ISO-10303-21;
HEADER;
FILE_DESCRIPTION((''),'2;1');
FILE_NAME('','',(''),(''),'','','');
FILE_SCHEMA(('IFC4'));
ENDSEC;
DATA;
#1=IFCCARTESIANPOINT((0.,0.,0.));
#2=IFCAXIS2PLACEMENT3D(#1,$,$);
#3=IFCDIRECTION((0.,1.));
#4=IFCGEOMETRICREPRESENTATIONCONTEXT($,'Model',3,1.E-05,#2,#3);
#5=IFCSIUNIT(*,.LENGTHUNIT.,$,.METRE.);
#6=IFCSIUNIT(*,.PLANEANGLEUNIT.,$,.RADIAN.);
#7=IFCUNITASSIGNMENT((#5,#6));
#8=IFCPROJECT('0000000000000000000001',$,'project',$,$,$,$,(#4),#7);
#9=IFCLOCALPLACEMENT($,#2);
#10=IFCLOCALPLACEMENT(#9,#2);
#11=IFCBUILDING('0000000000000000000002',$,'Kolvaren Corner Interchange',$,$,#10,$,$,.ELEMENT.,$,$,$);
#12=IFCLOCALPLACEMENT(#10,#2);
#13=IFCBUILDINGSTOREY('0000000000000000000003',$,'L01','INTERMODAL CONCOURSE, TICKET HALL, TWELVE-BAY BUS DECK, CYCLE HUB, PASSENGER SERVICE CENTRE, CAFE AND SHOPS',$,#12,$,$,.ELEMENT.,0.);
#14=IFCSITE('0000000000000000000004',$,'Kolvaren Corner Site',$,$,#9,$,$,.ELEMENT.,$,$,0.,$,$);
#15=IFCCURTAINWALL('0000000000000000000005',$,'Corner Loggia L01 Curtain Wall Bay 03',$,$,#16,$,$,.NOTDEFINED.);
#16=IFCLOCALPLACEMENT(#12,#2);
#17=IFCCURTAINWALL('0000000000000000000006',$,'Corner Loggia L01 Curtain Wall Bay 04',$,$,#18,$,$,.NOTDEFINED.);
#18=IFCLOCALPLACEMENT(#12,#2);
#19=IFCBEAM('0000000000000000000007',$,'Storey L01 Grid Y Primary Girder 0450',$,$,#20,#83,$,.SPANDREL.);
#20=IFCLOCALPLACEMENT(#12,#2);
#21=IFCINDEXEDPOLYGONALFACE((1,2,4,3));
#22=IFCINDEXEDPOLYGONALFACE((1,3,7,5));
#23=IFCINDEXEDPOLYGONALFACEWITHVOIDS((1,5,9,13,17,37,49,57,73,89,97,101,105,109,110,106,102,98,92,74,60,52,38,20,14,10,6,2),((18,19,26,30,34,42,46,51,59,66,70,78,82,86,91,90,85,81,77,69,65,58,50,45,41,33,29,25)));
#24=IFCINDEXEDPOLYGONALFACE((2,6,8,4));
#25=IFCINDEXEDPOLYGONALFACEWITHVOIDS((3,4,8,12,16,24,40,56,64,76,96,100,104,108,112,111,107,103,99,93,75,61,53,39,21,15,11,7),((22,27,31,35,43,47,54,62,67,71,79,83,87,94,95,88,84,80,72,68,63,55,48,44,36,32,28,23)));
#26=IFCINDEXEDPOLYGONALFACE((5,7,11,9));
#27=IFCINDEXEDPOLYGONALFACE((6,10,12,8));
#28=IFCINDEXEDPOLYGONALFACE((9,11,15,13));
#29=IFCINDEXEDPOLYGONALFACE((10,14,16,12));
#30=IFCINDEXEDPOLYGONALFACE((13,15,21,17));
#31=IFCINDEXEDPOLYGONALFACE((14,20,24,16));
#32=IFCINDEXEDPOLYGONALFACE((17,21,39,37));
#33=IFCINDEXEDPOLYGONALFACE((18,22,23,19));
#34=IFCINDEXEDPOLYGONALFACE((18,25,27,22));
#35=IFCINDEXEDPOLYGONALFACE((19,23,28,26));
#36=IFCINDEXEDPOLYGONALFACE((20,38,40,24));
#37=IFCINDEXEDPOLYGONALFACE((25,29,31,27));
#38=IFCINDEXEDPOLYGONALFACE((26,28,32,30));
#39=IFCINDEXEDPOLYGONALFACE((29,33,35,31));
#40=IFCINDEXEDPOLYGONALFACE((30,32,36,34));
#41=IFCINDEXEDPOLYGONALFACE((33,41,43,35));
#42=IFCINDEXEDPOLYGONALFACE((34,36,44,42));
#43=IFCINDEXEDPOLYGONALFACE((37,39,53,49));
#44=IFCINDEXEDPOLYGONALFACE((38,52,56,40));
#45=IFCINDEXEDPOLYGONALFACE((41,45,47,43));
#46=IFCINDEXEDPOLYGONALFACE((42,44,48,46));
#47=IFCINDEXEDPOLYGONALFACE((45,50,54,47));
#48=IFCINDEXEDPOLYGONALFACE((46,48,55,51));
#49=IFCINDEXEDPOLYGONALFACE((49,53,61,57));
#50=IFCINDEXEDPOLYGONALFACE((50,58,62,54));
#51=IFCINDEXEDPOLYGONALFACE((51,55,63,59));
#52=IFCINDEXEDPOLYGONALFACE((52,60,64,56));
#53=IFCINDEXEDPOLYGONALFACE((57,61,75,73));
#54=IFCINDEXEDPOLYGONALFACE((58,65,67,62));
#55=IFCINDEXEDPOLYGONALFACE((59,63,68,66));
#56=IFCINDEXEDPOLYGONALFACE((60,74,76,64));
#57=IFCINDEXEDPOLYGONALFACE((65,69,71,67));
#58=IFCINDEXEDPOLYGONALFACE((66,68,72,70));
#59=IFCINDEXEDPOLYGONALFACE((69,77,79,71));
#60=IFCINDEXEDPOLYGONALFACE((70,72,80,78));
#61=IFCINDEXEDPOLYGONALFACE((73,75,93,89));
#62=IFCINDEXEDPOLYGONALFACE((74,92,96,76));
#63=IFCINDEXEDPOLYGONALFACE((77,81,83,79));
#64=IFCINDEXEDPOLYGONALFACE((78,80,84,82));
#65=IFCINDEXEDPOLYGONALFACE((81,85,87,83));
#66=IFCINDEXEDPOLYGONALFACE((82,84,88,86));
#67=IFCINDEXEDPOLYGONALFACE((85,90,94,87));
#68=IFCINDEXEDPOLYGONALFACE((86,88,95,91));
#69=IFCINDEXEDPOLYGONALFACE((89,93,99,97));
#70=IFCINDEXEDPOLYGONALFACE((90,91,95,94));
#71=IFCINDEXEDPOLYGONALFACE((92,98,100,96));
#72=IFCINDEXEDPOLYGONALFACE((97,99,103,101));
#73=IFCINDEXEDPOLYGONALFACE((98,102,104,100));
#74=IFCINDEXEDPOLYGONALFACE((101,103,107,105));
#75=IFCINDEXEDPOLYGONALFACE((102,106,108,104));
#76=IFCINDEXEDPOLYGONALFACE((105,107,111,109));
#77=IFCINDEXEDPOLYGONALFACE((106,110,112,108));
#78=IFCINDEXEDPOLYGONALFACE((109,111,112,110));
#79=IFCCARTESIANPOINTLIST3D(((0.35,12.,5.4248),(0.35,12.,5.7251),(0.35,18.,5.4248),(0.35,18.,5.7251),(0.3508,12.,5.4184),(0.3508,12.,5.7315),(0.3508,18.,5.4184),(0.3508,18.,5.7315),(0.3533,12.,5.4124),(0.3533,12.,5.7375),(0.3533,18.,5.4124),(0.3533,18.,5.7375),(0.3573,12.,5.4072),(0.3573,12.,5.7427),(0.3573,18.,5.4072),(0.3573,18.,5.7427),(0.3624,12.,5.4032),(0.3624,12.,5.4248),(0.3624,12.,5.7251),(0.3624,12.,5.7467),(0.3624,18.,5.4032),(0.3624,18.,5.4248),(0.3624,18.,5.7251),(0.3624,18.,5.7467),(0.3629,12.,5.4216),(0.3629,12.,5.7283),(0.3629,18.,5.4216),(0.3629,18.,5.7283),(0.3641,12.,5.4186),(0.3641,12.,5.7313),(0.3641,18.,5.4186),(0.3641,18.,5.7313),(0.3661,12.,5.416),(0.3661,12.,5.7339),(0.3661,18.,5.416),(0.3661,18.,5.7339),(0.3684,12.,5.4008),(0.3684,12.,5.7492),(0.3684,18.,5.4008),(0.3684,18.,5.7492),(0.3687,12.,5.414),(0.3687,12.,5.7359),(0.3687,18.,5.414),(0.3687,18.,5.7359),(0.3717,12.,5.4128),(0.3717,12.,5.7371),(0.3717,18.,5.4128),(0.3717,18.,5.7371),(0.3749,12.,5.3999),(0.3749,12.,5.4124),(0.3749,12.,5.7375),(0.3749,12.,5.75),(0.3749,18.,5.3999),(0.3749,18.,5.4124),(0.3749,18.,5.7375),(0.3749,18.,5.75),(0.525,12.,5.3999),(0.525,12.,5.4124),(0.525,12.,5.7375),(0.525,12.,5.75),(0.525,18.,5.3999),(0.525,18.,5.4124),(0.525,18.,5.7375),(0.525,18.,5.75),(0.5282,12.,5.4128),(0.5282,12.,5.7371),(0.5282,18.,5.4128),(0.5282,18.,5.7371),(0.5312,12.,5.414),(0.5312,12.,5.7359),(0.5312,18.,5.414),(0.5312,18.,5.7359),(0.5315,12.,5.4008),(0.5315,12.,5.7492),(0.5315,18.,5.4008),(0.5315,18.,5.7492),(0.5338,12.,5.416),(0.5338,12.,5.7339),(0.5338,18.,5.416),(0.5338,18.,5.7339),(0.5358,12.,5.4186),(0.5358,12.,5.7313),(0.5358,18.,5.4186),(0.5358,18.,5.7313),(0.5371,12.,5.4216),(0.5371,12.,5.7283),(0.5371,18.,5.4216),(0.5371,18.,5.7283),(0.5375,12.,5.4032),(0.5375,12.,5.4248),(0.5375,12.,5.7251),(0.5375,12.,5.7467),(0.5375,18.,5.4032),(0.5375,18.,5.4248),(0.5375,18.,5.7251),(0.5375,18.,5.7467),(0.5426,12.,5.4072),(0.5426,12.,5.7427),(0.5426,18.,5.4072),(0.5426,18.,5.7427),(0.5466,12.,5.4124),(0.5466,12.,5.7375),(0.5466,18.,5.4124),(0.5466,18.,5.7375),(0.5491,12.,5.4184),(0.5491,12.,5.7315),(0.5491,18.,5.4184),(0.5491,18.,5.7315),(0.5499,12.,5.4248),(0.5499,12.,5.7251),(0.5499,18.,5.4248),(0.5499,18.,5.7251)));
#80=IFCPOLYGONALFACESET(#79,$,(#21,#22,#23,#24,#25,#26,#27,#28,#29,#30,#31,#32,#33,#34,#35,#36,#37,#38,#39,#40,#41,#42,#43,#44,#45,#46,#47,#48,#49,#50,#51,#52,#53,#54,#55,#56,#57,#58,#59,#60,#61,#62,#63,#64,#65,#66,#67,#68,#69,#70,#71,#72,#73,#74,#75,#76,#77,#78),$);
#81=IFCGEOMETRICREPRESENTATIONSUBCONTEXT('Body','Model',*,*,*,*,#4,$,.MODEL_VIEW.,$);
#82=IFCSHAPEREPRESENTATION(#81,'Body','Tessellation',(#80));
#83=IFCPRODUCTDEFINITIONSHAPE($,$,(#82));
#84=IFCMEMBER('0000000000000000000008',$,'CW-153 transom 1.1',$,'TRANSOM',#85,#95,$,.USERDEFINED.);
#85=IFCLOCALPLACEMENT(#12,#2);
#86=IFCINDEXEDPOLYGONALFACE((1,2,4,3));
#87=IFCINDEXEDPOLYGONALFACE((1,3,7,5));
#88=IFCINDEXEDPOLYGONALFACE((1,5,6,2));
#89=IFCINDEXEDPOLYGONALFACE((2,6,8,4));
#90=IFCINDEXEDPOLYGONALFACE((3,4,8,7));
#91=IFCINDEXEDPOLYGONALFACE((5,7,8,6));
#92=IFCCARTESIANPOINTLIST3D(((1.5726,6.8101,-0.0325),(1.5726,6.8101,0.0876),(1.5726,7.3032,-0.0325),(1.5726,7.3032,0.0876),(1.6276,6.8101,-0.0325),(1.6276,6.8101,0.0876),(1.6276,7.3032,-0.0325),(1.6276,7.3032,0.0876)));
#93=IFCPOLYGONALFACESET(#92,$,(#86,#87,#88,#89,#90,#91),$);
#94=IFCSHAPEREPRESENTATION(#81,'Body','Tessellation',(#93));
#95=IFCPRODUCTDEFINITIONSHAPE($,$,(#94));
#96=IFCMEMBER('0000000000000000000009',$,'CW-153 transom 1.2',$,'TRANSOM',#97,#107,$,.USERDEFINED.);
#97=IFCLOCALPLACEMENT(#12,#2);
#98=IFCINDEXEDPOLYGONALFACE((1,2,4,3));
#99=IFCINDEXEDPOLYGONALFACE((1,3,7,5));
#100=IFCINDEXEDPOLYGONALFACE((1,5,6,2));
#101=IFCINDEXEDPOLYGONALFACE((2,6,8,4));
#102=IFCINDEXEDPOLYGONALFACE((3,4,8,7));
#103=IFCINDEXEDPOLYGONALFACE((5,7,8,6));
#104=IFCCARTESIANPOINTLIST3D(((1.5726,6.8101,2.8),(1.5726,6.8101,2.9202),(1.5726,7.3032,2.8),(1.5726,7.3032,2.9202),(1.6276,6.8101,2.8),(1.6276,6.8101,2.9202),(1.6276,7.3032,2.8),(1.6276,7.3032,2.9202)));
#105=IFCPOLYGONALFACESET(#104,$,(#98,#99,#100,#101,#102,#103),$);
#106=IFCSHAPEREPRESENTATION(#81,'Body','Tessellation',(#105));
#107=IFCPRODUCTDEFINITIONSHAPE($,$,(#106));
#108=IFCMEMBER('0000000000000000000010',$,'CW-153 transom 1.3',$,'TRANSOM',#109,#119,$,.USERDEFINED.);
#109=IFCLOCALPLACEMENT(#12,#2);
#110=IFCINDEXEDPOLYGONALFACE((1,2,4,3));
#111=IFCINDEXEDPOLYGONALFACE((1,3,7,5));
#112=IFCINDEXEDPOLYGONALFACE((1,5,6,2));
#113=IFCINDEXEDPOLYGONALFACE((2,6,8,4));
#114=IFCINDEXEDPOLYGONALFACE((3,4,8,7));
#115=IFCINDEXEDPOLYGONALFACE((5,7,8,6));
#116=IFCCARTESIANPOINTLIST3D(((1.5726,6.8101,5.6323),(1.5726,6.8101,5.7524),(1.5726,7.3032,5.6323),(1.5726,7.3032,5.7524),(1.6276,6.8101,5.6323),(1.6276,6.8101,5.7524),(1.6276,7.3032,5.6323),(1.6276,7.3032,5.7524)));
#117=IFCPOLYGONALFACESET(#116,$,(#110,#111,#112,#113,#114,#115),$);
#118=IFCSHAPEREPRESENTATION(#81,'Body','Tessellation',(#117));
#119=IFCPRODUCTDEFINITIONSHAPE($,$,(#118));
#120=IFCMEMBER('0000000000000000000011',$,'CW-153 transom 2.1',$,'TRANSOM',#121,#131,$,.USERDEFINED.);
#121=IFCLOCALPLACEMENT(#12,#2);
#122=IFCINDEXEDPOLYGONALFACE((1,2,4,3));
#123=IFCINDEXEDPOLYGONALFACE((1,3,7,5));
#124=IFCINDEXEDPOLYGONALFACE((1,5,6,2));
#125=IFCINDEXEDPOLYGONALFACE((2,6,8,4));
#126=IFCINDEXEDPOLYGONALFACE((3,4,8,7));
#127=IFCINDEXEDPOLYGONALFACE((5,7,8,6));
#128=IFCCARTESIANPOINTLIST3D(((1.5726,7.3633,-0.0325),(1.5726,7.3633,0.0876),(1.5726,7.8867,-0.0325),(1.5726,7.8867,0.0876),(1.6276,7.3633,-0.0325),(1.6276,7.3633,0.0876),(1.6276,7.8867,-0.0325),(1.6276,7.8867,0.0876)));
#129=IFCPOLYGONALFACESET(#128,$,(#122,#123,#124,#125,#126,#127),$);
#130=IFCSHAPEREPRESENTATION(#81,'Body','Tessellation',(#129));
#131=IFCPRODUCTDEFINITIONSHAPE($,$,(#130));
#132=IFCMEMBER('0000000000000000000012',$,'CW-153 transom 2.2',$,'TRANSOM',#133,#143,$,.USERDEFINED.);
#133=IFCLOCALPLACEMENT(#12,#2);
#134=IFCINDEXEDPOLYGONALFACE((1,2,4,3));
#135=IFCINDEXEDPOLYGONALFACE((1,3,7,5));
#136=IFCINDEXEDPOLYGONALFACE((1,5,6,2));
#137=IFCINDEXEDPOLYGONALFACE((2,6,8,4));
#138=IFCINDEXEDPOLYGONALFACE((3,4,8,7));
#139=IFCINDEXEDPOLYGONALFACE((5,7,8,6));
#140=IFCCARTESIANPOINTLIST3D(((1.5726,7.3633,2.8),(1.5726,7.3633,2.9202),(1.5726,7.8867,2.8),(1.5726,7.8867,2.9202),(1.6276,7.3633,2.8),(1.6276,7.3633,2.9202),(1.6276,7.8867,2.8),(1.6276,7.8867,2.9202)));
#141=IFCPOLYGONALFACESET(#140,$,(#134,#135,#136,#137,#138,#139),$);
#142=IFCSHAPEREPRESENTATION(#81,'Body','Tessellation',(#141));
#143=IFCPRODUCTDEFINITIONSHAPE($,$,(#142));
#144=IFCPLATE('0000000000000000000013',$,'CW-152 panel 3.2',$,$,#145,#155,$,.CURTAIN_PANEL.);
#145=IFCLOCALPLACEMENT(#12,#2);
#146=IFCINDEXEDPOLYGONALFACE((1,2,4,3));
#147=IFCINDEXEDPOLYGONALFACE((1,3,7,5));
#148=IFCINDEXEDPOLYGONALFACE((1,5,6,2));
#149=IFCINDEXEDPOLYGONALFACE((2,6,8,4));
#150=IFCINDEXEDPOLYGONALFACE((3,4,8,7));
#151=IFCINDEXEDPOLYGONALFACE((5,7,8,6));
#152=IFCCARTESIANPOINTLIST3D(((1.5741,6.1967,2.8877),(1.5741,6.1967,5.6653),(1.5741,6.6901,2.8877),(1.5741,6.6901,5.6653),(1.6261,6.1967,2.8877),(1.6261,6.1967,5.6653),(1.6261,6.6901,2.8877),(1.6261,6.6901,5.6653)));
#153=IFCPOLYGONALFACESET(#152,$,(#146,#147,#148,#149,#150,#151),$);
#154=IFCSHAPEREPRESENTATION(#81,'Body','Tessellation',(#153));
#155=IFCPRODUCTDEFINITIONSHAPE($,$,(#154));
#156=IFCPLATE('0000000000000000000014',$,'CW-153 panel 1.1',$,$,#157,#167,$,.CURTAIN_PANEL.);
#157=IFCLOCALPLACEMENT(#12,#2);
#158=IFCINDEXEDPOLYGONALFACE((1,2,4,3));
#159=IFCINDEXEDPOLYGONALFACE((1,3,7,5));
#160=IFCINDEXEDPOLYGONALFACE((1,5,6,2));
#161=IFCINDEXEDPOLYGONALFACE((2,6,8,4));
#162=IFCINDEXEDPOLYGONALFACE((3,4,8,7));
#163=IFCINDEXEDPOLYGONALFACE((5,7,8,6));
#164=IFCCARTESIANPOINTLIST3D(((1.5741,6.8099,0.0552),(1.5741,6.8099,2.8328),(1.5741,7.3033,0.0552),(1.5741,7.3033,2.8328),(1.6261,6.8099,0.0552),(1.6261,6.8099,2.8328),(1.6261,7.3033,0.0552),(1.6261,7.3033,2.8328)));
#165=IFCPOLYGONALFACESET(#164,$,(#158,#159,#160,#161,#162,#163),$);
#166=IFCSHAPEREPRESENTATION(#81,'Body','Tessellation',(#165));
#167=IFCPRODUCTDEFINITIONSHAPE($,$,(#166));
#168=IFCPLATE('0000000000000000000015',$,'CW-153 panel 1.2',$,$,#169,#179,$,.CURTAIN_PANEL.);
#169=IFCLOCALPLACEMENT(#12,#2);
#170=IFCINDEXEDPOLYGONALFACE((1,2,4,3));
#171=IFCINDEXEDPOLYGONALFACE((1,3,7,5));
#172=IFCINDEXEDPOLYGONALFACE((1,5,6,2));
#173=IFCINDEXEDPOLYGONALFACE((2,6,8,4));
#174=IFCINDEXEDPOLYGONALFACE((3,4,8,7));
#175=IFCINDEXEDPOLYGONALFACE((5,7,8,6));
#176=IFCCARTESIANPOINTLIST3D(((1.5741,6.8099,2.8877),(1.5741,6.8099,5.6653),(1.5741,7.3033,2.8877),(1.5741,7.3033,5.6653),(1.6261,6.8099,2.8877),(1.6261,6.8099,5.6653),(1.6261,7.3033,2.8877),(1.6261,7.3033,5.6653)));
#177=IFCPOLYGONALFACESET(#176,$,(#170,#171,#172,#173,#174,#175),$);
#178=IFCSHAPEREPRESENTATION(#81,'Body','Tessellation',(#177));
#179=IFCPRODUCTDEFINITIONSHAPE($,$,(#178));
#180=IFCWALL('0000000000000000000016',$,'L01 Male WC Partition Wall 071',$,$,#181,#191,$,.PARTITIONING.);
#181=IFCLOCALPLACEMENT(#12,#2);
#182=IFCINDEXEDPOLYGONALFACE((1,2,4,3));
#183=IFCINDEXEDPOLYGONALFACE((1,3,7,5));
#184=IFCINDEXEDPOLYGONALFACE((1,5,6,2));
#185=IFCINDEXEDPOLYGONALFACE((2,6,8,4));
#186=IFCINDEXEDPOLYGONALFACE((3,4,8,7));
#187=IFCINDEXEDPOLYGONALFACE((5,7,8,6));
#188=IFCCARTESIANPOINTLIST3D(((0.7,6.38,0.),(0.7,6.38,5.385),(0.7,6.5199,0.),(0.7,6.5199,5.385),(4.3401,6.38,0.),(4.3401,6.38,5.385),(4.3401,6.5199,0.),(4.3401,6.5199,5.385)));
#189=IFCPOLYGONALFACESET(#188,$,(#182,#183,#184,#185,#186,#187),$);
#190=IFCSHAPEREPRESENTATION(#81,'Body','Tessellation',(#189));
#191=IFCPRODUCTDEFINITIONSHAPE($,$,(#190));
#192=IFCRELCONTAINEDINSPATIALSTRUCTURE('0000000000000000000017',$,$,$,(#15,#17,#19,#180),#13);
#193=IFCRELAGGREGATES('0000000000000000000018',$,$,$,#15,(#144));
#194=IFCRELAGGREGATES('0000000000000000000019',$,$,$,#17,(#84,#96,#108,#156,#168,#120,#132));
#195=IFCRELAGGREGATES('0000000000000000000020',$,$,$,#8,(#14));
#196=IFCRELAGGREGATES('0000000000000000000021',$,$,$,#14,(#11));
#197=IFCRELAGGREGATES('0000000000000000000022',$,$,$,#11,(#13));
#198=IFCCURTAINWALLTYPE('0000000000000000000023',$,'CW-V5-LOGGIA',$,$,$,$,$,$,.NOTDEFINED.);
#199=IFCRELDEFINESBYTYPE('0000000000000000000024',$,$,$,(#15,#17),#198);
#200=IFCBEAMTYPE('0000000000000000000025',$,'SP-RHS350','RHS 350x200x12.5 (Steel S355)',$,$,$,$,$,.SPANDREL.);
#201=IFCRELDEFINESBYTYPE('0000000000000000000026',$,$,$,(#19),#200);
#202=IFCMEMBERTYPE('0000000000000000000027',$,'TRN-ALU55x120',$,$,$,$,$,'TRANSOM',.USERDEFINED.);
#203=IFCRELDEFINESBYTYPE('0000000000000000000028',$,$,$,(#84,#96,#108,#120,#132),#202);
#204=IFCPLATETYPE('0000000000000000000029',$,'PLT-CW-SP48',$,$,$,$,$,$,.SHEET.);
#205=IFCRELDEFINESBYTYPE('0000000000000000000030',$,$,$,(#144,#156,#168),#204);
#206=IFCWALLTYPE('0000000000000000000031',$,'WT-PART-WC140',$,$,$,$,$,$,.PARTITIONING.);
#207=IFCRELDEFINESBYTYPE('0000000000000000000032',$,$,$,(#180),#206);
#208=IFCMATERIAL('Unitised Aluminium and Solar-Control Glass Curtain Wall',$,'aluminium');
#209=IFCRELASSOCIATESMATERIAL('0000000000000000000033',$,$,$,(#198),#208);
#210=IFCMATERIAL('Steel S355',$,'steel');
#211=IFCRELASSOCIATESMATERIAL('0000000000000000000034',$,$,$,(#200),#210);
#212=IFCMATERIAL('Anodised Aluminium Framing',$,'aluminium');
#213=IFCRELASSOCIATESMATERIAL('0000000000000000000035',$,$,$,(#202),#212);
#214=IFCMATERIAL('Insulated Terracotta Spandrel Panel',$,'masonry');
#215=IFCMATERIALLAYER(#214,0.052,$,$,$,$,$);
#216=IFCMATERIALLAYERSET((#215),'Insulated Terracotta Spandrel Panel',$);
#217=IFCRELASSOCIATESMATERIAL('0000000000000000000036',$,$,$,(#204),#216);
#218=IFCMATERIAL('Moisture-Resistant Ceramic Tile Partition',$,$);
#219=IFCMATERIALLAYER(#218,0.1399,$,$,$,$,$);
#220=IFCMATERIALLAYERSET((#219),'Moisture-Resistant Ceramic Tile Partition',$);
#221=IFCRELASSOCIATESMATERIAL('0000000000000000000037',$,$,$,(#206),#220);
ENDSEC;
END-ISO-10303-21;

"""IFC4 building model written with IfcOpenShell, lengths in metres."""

from ifc_helpers import new_model, si_unit, direction, frame, frame_2d, origin, origin_2d, place, context, subcontext, project, spatial, rectangle, hollow_rectangle, extrude, material, layer, layer_set, material_profile, profile_set, type_object, element, aggregate, save


model = new_model("IFC4")

# Units and contexts
model_context = context("Model", 3, precision=1e-05, world=origin(), true_north=direction((0.0, 1.0)))
body_context = subcontext(model_context, "Body", "Model", "MODEL_VIEW")
ifc_project = project(units=[si_unit("LENGTHUNIT", "METRE"), si_unit("PLANEANGLEUNIT", "RADIAN")], contexts=[model_context])

# Site, building, storey
site_placement = place(None, origin())
site = spatial("IfcSite", under=ifc_project, at=site_placement, Name="Kolvaren Corner Site", CompositionType="ELEMENT", RefElevation=0.0)
building_placement = place(site_placement, origin())
building = spatial("IfcBuilding", under=site, at=building_placement, Name="Kolvaren Corner Interchange", CompositionType="ELEMENT")
storey_placement = place(building_placement, origin())
storey = spatial("IfcBuildingStorey", under=building, at=storey_placement, Name="L01", Description="INTERMODAL CONCOURSE, TICKET HALL, TWELVE-BAY BUS DECK, CYCLE HUB, PASSENGER SERVICE CENTRE, CAFE AND SHOPS", CompositionType="ELEMENT", Elevation=0.0)

# Curtain wall
ifc_material_1 = material(Name="Unitised Aluminium and Solar-Control Glass Curtain Wall", Category="aluminium")
curtain_wall_type = type_object("IfcCurtainWallType", Name="CW-V5-LOGGIA", PredefinedType="NOTDEFINED", material=ifc_material_1)
curtain_wall_1_placement = place(storey_placement, origin())
curtain_wall_1 = element("IfcCurtainWall", 1, at=curtain_wall_1_placement, inside=storey, type_object=curtain_wall_type, Name="Corner Loggia L01 Curtain Wall Bay 03", PredefinedType="NOTDEFINED")

# Curtain wall
curtain_wall_2_placement = place(storey_placement, origin())
curtain_wall_2 = element("IfcCurtainWall", 2, at=curtain_wall_2_placement, inside=storey, type_object=curtain_wall_type, Name="Corner Loggia L01 Curtain Wall Bay 04", PredefinedType="NOTDEFINED")

# Beam
ifc_material_2 = material(Name="Steel S355", Category="steel")
ifc_material_profile_1 = material_profile(ifc_material_2, hollow_rectangle(XDim=0.2, YDim=0.3501, WallThickness=0.0125, InnerFilletRadius=0.0125, OuterFilletRadius=0.0249, at=origin_2d()), Name="RHS 350x200x12.5")
ifc_profile_set_1 = profile_set([ifc_material_profile_1], Name="Steel S355")
beam_type_1 = type_object("IfcBeamType", Name="SP-RHS350", Description="RHS 350x200x12.5 (Steel S355)", PredefinedType="SPANDREL", material=ifc_profile_set_1)
beam_1_placement = place(storey_placement, frame((0.45, 12.0, 5.575), z_axis=(0.0, 1.0, 0.0), x_axis=(-1.0, 0.0, 0.0)))
element("IfcBeam", 3, at=beam_1_placement, inside=storey, type_object=beam_type_1, Name="Storey L01 Grid Y Primary Girder 0450", PredefinedType="SPANDREL", context=body_context, shape_type="SweptSolid", body=[
    extrude(hollow_rectangle(XDim=0.2, YDim=0.3501, WallThickness=0.0125, InnerFilletRadius=0.0125, OuterFilletRadius=0.0249, at=origin_2d()), origin(), (0.0, 0.0, 1.0), 6.0),
])

# Members
ifc_material_3 = material(Name="Anodised Aluminium Framing", Category="aluminium")
ifc_material_profile_2 = material_profile(ifc_material_3, rectangle(XDim=0.0549, YDim=0.1201, at=origin_2d()), Name="ALU 55x120")
ifc_profile_set_2 = profile_set([ifc_material_profile_2], Name="Anodised Aluminium Framing")
member_type_1 = type_object("IfcMemberType", Name="TRN-ALU55x120", ElementType="TRANSOM", PredefinedType="USERDEFINED", material=ifc_profile_set_2)
member_1_placement = place(storey_placement, frame((1.6001, 6.8101, 0.0276), z_axis=(0.0, 1.0, 0.0), x_axis=(-1.0, 0.0, 0.0)))
member_1 = element("IfcMember", 4, at=member_1_placement, type_object=member_type_1, Name="CW-153 transom 1.1", ObjectType="TRANSOM", PredefinedType="USERDEFINED", context=body_context, shape_type="SweptSolid", body=[
    extrude(rectangle(XDim=0.0549, YDim=0.1201, at=origin_2d()), origin(), (0.0, 0.0, 1.0), 0.4932),
])
member_2_placement = place(storey_placement, frame((1.6001, 6.8101, 2.8601), z_axis=(0.0, 1.0, 0.0), x_axis=(-1.0, 0.0, 0.0)))
member_2 = element("IfcMember", 5, at=member_2_placement, type_object=member_type_1, Name="CW-153 transom 1.2", ObjectType="TRANSOM", PredefinedType="USERDEFINED", context=body_context, shape_type="SweptSolid", body=[
    extrude(rectangle(XDim=0.0549, YDim=0.1201, at=origin_2d()), origin(), (0.0, 0.0, 1.0), 0.4932),
])
member_3_placement = place(storey_placement, frame((1.6001, 6.8101, 5.6924), z_axis=(0.0, 1.0, 0.0), x_axis=(-1.0, 0.0, 0.0)))
member_3 = element("IfcMember", 6, at=member_3_placement, type_object=member_type_1, Name="CW-153 transom 1.3", ObjectType="TRANSOM", PredefinedType="USERDEFINED", context=body_context, shape_type="SweptSolid", body=[
    extrude(rectangle(XDim=0.0549, YDim=0.1201, at=origin_2d()), origin(), (0.0, 0.0, 1.0), 0.4932),
])
member_4_placement = place(storey_placement, frame((1.6001, 7.3633, 0.0276), z_axis=(0.0, 1.0, 0.0), x_axis=(-1.0, 0.0, 0.0)))
member_4 = element("IfcMember", 7, at=member_4_placement, type_object=member_type_1, Name="CW-153 transom 2.1", ObjectType="TRANSOM", PredefinedType="USERDEFINED", context=body_context, shape_type="SweptSolid", body=[
    extrude(rectangle(XDim=0.0549, YDim=0.1201, at=origin_2d()), origin(), (0.0, 0.0, 1.0), 0.5234),
])
member_5_placement = place(storey_placement, frame((1.6001, 7.3633, 2.8601), z_axis=(0.0, 1.0, 0.0), x_axis=(-1.0, 0.0, 0.0)))
member_5 = element("IfcMember", 8, at=member_5_placement, type_object=member_type_1, Name="CW-153 transom 2.2", ObjectType="TRANSOM", PredefinedType="USERDEFINED", context=body_context, shape_type="SweptSolid", body=[
    extrude(rectangle(XDim=0.0549, YDim=0.1201, at=origin_2d()), origin(), (0.0, 0.0, 1.0), 0.5234),
])

# Plates
ifc_material_4 = material(Name="Insulated Terracotta Spandrel Panel", Category="masonry")
ifc_layer_1 = layer(ifc_material_4, 0.052)
ifc_layer_set_1 = layer_set([ifc_layer_1], Name="Insulated Terracotta Spandrel Panel")
plate_type = type_object("IfcPlateType", Name="PLT-CW-SP48", PredefinedType="SHEET", material=ifc_layer_set_1)
plate_1_placement = place(storey_placement, frame((1.6001, 6.4434, 2.8877), z_axis=(0.0, 0.0, 1.0), x_axis=(0.0, 1.0, 0.0)))
plate_1 = element("IfcPlate", 9, at=plate_1_placement, type_object=plate_type, Name="CW-152 panel 3.2", PredefinedType="CURTAIN_PANEL", context=body_context, shape_type="SweptSolid", body=[
    extrude(rectangle(XDim=0.4934, YDim=0.052, at=origin_2d()), origin(), (0.0, 0.0, 1.0), 2.7776),
])
aggregate(curtain_wall_1, [plate_1])
plate_2_placement = place(storey_placement, frame((1.6001, 7.0566, 0.0552), z_axis=(0.0, 0.0, 1.0), x_axis=(0.0, 1.0, 0.0)))
plate_2 = element("IfcPlate", 10, at=plate_2_placement, type_object=plate_type, Name="CW-153 panel 1.1", PredefinedType="CURTAIN_PANEL", context=body_context, shape_type="SweptSolid", body=[
    extrude(rectangle(XDim=0.4934, YDim=0.052, at=origin_2d()), origin(), (0.0, 0.0, 1.0), 2.7776),
])
plate_3_placement = place(storey_placement, frame((1.6001, 7.0566, 2.8877), z_axis=(0.0, 0.0, 1.0), x_axis=(0.0, 1.0, 0.0)))
plate_3 = element("IfcPlate", 11, at=plate_3_placement, type_object=plate_type, Name="CW-153 panel 1.2", PredefinedType="CURTAIN_PANEL", context=body_context, shape_type="SweptSolid", body=[
    extrude(rectangle(XDim=0.4934, YDim=0.052, at=origin_2d()), origin(), (0.0, 0.0, 1.0), 2.7776),
])
aggregate(curtain_wall_2, [member_1, member_2, member_3, plate_2, plate_3, member_4, member_5])

# Wall
ifc_material_5 = material(Name="Moisture-Resistant Ceramic Tile Partition")
ifc_layer_2 = layer(ifc_material_5, 0.1399)
ifc_layer_set_2 = layer_set([ifc_layer_2], Name="Moisture-Resistant Ceramic Tile Partition")
wall_type = type_object("IfcWallType", Name="WT-PART-WC140", PredefinedType="PARTITIONING", material=ifc_layer_set_2)
wall_1_placement = place(storey_placement, frame((0.7, 6.45, 0.0), z_axis=(0.0, 0.0, 1.0), x_axis=(1.0, 0.0, 0.0)))
element("IfcWall", 12, at=wall_1_placement, inside=storey, type_object=wall_type, Name="L01 Male WC Partition Wall 071", PredefinedType="PARTITIONING", context=body_context, shape_type="SweptSolid", body=[
    extrude(rectangle(XDim=3.6401, YDim=0.1399, at=frame_2d((1.8201, 0.0))), origin(), (0.0, 0.0, 1.0), 5.385),
])

save(model, "model.ifc")
